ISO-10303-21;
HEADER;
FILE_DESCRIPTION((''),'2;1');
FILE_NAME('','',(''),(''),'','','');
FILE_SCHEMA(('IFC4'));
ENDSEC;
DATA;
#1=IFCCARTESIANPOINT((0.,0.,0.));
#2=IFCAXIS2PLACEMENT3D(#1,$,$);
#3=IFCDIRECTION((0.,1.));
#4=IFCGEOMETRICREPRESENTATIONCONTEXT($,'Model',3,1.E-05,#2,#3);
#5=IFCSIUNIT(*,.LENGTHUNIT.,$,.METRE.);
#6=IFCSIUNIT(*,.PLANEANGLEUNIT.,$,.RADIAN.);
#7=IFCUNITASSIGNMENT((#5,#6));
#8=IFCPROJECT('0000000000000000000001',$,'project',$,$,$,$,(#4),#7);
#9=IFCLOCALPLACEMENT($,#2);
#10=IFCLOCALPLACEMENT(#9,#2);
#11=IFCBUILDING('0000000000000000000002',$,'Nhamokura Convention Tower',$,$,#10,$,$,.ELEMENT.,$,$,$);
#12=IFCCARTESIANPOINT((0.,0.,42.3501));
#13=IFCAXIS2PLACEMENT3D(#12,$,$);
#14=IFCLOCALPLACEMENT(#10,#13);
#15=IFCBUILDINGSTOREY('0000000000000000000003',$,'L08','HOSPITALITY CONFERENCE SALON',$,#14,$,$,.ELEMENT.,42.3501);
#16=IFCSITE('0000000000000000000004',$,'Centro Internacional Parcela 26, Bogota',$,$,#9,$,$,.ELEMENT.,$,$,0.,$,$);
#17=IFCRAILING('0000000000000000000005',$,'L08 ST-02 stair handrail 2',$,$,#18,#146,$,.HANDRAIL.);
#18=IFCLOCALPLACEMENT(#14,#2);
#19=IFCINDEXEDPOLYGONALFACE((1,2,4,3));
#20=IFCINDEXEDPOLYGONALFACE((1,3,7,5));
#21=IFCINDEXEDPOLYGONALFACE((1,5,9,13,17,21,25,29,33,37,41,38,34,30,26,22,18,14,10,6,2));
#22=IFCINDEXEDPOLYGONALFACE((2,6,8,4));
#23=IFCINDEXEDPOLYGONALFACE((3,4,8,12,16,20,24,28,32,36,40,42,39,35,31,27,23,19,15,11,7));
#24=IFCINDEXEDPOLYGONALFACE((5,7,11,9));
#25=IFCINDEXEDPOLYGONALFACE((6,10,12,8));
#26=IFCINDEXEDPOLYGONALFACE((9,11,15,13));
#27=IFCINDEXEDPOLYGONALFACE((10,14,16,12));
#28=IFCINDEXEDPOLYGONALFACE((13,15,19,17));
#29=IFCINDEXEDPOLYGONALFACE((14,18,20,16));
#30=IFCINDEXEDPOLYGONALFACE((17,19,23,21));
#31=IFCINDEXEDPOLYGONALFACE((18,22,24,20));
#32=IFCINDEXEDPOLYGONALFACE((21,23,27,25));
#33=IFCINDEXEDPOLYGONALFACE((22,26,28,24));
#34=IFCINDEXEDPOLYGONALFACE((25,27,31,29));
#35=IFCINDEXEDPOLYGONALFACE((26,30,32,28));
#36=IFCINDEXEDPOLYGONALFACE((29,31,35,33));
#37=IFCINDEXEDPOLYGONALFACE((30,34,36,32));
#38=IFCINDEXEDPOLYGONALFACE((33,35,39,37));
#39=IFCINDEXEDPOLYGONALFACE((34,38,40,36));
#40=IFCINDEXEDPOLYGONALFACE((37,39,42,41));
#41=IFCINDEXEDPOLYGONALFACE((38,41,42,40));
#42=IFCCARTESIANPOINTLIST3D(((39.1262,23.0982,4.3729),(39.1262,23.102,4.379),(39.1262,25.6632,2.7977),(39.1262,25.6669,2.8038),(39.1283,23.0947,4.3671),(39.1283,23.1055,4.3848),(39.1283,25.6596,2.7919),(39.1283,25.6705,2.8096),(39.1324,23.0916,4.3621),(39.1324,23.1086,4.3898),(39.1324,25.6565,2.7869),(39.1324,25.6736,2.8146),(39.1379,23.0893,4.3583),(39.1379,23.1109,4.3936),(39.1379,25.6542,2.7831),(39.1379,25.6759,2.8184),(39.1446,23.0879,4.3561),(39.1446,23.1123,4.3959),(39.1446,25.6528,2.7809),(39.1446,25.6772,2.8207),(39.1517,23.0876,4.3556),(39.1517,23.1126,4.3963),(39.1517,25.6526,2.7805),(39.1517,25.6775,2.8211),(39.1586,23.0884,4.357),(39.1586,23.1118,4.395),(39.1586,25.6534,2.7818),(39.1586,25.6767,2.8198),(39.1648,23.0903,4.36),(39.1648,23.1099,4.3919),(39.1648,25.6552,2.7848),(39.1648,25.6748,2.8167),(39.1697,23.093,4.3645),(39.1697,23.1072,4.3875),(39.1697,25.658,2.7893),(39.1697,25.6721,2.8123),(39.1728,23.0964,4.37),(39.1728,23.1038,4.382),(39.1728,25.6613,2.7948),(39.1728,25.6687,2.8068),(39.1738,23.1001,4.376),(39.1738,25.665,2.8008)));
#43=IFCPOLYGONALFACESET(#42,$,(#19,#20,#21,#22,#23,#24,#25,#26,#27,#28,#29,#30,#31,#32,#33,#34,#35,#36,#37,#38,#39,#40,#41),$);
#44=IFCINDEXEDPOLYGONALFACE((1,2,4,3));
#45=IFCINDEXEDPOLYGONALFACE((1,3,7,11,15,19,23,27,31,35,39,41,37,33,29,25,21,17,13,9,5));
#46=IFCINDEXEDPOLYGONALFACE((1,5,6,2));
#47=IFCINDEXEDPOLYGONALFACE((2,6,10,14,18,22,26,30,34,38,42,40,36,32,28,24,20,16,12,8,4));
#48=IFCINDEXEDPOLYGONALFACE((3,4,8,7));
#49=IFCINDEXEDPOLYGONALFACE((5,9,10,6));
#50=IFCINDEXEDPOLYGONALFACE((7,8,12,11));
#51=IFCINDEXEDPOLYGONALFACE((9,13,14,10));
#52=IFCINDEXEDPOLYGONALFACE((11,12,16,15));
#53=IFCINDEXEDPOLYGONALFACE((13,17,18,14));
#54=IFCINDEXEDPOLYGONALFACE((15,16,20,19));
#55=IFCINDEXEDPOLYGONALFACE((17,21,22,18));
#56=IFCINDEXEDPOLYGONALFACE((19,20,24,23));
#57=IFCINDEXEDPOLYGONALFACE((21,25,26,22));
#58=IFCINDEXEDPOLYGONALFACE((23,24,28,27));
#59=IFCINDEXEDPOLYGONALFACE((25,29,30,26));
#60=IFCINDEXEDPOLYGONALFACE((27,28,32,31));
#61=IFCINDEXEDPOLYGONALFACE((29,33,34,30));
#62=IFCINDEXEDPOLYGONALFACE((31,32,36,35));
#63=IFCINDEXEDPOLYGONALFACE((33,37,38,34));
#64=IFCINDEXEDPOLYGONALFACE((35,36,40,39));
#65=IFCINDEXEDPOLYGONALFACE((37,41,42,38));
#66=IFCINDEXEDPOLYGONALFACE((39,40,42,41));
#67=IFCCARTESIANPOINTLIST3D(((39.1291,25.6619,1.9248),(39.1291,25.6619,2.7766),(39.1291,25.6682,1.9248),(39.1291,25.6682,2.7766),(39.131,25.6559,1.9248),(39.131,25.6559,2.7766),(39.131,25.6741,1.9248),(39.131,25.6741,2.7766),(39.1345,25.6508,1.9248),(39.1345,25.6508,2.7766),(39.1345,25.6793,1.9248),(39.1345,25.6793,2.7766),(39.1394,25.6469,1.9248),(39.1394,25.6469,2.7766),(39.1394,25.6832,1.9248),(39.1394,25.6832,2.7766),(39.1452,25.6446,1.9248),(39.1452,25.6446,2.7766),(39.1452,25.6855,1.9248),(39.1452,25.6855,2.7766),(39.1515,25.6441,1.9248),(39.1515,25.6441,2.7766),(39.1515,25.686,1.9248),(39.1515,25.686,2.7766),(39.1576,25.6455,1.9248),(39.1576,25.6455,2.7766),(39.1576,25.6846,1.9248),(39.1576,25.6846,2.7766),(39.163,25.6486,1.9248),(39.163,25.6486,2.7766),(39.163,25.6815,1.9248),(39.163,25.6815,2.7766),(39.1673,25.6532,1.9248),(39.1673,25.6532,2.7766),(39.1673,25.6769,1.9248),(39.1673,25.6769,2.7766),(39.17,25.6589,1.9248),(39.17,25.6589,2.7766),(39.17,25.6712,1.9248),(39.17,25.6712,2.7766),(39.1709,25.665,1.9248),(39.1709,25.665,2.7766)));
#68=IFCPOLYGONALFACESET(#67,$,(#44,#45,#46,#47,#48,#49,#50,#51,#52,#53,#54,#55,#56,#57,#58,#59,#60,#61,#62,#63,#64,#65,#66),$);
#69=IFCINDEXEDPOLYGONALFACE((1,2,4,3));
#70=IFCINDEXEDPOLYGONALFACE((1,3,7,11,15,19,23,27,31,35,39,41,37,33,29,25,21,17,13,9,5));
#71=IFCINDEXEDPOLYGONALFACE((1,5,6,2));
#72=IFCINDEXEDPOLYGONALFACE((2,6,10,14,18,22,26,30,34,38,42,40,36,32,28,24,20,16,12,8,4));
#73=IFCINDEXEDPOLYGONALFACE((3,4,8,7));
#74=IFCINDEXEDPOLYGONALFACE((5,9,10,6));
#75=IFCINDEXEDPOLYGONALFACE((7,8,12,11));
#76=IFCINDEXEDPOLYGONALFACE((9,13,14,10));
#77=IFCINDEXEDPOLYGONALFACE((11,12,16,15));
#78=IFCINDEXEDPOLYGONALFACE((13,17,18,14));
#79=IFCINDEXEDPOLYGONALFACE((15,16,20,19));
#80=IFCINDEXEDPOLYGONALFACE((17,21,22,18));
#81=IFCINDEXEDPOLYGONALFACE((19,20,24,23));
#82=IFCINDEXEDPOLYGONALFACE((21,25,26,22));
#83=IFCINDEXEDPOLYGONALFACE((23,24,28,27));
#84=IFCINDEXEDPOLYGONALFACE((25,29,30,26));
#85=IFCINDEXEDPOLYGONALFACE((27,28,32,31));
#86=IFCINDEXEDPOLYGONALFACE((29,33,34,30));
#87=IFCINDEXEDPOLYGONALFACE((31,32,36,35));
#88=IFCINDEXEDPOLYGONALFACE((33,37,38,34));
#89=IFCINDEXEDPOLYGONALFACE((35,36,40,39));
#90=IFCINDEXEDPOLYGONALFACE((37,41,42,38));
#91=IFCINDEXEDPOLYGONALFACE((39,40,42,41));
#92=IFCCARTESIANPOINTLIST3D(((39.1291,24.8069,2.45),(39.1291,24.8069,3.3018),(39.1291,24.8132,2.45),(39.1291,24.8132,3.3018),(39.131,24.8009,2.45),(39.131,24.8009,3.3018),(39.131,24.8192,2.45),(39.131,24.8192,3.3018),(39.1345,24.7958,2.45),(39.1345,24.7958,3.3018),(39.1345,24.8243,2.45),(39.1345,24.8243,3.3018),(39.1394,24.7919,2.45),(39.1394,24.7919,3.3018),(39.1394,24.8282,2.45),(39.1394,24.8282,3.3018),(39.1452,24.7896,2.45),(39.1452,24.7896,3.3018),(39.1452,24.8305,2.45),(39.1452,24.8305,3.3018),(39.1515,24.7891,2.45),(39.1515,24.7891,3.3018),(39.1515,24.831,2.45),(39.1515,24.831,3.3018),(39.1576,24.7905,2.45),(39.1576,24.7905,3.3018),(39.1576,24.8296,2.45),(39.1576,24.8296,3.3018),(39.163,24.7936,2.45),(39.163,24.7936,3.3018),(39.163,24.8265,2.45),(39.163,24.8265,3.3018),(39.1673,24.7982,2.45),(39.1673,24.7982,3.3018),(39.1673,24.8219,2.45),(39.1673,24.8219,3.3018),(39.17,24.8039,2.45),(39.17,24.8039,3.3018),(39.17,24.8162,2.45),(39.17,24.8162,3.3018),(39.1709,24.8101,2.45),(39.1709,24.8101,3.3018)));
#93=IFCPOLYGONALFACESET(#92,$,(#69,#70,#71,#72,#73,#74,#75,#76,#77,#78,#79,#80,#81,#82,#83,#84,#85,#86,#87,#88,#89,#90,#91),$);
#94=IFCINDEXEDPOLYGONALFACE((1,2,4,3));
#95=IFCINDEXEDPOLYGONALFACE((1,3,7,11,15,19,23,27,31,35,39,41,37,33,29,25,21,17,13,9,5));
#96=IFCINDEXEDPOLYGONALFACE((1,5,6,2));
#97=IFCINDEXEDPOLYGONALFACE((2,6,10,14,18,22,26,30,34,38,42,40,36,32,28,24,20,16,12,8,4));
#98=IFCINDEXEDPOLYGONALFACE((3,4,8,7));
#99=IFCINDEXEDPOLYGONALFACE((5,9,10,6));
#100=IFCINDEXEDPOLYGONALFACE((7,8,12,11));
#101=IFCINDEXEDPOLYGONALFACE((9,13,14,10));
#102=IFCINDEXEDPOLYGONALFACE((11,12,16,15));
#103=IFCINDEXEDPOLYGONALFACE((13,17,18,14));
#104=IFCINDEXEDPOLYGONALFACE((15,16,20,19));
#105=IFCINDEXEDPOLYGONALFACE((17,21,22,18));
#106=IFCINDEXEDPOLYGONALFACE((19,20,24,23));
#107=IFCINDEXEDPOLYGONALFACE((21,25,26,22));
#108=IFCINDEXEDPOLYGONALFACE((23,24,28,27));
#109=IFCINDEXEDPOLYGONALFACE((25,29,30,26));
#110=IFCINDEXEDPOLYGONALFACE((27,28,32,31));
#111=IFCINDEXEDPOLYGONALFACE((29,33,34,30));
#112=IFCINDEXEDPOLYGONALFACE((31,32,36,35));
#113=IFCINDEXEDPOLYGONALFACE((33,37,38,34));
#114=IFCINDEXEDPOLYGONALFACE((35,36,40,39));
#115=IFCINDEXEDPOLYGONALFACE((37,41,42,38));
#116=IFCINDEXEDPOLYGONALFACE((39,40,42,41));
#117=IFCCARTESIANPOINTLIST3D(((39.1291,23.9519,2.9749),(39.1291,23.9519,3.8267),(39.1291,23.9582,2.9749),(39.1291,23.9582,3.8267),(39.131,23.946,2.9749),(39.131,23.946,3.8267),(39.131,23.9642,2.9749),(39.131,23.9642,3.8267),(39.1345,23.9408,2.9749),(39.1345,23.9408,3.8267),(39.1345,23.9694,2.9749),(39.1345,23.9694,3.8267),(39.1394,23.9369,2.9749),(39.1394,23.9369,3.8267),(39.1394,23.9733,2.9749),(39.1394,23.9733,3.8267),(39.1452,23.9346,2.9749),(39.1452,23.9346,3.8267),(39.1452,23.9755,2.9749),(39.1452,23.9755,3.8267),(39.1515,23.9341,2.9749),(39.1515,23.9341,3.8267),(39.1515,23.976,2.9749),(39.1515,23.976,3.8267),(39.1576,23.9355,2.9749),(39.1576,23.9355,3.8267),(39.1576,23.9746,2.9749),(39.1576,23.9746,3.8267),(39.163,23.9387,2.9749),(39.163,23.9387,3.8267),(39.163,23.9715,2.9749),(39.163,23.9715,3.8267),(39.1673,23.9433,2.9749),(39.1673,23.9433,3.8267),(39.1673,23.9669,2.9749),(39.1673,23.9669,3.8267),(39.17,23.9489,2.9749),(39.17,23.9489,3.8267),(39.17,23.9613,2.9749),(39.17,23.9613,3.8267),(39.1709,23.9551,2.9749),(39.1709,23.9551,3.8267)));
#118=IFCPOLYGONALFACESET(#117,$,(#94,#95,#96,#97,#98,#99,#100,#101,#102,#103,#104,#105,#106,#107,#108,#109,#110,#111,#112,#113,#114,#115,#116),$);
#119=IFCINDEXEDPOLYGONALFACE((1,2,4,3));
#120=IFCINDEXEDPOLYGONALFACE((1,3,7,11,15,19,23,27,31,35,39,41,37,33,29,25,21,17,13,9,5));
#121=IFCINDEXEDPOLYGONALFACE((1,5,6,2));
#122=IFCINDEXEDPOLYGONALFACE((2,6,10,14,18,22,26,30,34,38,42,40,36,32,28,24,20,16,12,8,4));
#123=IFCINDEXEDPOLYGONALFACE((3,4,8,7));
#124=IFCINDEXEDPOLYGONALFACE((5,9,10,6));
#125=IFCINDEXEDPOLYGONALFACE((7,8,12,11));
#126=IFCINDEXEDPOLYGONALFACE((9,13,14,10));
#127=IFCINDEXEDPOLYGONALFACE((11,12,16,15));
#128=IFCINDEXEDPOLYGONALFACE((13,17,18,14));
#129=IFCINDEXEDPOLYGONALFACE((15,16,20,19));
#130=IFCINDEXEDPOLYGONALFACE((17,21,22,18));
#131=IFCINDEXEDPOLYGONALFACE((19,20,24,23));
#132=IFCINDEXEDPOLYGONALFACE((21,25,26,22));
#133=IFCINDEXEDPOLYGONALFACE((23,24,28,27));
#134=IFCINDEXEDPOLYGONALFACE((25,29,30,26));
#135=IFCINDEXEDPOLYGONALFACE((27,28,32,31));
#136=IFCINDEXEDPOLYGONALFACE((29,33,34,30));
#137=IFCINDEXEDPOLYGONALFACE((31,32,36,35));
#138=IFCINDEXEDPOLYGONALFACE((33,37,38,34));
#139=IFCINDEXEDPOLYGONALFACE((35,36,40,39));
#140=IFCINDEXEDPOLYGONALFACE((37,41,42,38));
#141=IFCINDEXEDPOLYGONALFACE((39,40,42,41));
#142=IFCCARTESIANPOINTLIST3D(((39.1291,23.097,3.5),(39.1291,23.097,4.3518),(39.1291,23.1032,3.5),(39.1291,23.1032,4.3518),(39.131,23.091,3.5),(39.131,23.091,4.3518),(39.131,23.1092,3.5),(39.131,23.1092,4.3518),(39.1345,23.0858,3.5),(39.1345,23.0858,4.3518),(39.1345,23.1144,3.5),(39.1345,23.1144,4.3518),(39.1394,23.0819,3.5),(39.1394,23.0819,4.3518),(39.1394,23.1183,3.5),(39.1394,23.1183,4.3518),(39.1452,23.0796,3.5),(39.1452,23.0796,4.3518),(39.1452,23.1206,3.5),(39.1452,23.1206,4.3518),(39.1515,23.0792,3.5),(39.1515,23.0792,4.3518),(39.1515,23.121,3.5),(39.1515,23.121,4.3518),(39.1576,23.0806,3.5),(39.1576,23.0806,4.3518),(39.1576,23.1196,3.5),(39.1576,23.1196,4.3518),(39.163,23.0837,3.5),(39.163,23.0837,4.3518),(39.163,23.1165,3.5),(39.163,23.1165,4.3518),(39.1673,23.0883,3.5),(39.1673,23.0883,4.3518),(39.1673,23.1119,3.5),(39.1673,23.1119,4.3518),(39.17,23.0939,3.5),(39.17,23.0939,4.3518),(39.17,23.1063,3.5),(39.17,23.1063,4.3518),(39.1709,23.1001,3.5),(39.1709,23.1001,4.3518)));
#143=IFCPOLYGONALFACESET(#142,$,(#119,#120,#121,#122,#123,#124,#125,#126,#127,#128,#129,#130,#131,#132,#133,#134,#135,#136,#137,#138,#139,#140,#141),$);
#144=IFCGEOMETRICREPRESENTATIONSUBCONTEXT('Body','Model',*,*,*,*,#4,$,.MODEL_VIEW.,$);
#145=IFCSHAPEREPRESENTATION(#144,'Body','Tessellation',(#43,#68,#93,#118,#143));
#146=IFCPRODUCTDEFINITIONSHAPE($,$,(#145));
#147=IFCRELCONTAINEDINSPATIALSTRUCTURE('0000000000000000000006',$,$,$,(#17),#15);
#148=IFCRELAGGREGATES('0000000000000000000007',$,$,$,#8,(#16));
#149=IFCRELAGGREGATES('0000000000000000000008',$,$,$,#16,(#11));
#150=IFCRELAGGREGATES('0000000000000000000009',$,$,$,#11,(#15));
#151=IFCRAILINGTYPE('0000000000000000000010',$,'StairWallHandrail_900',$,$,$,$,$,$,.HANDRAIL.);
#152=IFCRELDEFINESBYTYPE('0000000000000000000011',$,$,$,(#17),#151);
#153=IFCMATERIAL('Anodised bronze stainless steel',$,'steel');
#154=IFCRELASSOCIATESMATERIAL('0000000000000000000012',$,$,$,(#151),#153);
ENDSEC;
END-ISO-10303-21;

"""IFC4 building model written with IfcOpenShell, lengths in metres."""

from ifc_helpers import new_model, si_unit, direction, frame, origin, origin_2d, place, context, subcontext, project, spatial, circle, extrude, material, type_object, element, save


model = new_model("IFC4")

# Units and contexts
model_context = context("Model", 3, precision=1e-05, world=origin(), true_north=direction((0.0, 1.0)))
body_context = subcontext(model_context, "Body", "Model", "MODEL_VIEW")
ifc_project = project(units=[si_unit("LENGTHUNIT", "METRE"), si_unit("PLANEANGLEUNIT", "RADIAN")], contexts=[model_context])

# Site, building, storey
site_placement = place(None, origin())
site = spatial("IfcSite", under=ifc_project, at=site_placement, Name="Centro Internacional Parcela 26, Bogota", CompositionType="ELEMENT", RefElevation=0.0)
building_placement = place(site_placement, origin())
building = spatial("IfcBuilding", under=site, at=building_placement, Name="Nhamokura Convention Tower", CompositionType="ELEMENT")
storey_placement = place(building_placement, frame((0.0, 0.0, 42.3501)))
storey = spatial("IfcBuildingStorey", under=building, at=storey_placement, Name="L08", Description="HOSPITALITY CONFERENCE SALON", CompositionType="ELEMENT", Elevation=42.3501)

# Railing
ifc_material_1 = material(Name="Anodised bronze stainless steel", Category="steel")
railing_type_1 = type_object("IfcRailingType", Name="StairWallHandrail_900", PredefinedType="HANDRAIL", material=ifc_material_1)
railing_1_placement = place(storey_placement, frame((39.1499, 25.665, 1.9248)))
element("IfcRailing", 1, at=railing_1_placement, inside=storey, type_object=railing_type_1, Name="L08 ST-02 stair handrail 2", PredefinedType="HANDRAIL", context=body_context, shape_type="SweptSolid", body=[
    extrude(circle(Radius=0.0239, at=origin_2d()), frame((0.0, 0.0, 0.876), z_axis=(0.0, -0.852137, 0.523319), x_axis=(1.0, 0.0, 0.0)), (0.0, 0.0, 1.0), 3.01),
    extrude(circle(Radius=0.021, at=origin_2d()), origin(), (0.0, 0.0, 1.0), 0.8518),
    extrude(circle(Radius=0.021, at=origin_2d()), frame((0.0, -0.855, 0.5251)), (0.0, 0.0, 1.0), 0.8518),
    extrude(circle(Radius=0.021, at=origin_2d()), frame((0.0, -1.71, 1.05)), (0.0, 0.0, 1.0), 0.8518),
    extrude(circle(Radius=0.021, at=origin_2d()), frame((0.0, -2.5649, 1.5752)), (0.0, 0.0, 1.0), 0.8518),
])

save(model, "model.ifc")
